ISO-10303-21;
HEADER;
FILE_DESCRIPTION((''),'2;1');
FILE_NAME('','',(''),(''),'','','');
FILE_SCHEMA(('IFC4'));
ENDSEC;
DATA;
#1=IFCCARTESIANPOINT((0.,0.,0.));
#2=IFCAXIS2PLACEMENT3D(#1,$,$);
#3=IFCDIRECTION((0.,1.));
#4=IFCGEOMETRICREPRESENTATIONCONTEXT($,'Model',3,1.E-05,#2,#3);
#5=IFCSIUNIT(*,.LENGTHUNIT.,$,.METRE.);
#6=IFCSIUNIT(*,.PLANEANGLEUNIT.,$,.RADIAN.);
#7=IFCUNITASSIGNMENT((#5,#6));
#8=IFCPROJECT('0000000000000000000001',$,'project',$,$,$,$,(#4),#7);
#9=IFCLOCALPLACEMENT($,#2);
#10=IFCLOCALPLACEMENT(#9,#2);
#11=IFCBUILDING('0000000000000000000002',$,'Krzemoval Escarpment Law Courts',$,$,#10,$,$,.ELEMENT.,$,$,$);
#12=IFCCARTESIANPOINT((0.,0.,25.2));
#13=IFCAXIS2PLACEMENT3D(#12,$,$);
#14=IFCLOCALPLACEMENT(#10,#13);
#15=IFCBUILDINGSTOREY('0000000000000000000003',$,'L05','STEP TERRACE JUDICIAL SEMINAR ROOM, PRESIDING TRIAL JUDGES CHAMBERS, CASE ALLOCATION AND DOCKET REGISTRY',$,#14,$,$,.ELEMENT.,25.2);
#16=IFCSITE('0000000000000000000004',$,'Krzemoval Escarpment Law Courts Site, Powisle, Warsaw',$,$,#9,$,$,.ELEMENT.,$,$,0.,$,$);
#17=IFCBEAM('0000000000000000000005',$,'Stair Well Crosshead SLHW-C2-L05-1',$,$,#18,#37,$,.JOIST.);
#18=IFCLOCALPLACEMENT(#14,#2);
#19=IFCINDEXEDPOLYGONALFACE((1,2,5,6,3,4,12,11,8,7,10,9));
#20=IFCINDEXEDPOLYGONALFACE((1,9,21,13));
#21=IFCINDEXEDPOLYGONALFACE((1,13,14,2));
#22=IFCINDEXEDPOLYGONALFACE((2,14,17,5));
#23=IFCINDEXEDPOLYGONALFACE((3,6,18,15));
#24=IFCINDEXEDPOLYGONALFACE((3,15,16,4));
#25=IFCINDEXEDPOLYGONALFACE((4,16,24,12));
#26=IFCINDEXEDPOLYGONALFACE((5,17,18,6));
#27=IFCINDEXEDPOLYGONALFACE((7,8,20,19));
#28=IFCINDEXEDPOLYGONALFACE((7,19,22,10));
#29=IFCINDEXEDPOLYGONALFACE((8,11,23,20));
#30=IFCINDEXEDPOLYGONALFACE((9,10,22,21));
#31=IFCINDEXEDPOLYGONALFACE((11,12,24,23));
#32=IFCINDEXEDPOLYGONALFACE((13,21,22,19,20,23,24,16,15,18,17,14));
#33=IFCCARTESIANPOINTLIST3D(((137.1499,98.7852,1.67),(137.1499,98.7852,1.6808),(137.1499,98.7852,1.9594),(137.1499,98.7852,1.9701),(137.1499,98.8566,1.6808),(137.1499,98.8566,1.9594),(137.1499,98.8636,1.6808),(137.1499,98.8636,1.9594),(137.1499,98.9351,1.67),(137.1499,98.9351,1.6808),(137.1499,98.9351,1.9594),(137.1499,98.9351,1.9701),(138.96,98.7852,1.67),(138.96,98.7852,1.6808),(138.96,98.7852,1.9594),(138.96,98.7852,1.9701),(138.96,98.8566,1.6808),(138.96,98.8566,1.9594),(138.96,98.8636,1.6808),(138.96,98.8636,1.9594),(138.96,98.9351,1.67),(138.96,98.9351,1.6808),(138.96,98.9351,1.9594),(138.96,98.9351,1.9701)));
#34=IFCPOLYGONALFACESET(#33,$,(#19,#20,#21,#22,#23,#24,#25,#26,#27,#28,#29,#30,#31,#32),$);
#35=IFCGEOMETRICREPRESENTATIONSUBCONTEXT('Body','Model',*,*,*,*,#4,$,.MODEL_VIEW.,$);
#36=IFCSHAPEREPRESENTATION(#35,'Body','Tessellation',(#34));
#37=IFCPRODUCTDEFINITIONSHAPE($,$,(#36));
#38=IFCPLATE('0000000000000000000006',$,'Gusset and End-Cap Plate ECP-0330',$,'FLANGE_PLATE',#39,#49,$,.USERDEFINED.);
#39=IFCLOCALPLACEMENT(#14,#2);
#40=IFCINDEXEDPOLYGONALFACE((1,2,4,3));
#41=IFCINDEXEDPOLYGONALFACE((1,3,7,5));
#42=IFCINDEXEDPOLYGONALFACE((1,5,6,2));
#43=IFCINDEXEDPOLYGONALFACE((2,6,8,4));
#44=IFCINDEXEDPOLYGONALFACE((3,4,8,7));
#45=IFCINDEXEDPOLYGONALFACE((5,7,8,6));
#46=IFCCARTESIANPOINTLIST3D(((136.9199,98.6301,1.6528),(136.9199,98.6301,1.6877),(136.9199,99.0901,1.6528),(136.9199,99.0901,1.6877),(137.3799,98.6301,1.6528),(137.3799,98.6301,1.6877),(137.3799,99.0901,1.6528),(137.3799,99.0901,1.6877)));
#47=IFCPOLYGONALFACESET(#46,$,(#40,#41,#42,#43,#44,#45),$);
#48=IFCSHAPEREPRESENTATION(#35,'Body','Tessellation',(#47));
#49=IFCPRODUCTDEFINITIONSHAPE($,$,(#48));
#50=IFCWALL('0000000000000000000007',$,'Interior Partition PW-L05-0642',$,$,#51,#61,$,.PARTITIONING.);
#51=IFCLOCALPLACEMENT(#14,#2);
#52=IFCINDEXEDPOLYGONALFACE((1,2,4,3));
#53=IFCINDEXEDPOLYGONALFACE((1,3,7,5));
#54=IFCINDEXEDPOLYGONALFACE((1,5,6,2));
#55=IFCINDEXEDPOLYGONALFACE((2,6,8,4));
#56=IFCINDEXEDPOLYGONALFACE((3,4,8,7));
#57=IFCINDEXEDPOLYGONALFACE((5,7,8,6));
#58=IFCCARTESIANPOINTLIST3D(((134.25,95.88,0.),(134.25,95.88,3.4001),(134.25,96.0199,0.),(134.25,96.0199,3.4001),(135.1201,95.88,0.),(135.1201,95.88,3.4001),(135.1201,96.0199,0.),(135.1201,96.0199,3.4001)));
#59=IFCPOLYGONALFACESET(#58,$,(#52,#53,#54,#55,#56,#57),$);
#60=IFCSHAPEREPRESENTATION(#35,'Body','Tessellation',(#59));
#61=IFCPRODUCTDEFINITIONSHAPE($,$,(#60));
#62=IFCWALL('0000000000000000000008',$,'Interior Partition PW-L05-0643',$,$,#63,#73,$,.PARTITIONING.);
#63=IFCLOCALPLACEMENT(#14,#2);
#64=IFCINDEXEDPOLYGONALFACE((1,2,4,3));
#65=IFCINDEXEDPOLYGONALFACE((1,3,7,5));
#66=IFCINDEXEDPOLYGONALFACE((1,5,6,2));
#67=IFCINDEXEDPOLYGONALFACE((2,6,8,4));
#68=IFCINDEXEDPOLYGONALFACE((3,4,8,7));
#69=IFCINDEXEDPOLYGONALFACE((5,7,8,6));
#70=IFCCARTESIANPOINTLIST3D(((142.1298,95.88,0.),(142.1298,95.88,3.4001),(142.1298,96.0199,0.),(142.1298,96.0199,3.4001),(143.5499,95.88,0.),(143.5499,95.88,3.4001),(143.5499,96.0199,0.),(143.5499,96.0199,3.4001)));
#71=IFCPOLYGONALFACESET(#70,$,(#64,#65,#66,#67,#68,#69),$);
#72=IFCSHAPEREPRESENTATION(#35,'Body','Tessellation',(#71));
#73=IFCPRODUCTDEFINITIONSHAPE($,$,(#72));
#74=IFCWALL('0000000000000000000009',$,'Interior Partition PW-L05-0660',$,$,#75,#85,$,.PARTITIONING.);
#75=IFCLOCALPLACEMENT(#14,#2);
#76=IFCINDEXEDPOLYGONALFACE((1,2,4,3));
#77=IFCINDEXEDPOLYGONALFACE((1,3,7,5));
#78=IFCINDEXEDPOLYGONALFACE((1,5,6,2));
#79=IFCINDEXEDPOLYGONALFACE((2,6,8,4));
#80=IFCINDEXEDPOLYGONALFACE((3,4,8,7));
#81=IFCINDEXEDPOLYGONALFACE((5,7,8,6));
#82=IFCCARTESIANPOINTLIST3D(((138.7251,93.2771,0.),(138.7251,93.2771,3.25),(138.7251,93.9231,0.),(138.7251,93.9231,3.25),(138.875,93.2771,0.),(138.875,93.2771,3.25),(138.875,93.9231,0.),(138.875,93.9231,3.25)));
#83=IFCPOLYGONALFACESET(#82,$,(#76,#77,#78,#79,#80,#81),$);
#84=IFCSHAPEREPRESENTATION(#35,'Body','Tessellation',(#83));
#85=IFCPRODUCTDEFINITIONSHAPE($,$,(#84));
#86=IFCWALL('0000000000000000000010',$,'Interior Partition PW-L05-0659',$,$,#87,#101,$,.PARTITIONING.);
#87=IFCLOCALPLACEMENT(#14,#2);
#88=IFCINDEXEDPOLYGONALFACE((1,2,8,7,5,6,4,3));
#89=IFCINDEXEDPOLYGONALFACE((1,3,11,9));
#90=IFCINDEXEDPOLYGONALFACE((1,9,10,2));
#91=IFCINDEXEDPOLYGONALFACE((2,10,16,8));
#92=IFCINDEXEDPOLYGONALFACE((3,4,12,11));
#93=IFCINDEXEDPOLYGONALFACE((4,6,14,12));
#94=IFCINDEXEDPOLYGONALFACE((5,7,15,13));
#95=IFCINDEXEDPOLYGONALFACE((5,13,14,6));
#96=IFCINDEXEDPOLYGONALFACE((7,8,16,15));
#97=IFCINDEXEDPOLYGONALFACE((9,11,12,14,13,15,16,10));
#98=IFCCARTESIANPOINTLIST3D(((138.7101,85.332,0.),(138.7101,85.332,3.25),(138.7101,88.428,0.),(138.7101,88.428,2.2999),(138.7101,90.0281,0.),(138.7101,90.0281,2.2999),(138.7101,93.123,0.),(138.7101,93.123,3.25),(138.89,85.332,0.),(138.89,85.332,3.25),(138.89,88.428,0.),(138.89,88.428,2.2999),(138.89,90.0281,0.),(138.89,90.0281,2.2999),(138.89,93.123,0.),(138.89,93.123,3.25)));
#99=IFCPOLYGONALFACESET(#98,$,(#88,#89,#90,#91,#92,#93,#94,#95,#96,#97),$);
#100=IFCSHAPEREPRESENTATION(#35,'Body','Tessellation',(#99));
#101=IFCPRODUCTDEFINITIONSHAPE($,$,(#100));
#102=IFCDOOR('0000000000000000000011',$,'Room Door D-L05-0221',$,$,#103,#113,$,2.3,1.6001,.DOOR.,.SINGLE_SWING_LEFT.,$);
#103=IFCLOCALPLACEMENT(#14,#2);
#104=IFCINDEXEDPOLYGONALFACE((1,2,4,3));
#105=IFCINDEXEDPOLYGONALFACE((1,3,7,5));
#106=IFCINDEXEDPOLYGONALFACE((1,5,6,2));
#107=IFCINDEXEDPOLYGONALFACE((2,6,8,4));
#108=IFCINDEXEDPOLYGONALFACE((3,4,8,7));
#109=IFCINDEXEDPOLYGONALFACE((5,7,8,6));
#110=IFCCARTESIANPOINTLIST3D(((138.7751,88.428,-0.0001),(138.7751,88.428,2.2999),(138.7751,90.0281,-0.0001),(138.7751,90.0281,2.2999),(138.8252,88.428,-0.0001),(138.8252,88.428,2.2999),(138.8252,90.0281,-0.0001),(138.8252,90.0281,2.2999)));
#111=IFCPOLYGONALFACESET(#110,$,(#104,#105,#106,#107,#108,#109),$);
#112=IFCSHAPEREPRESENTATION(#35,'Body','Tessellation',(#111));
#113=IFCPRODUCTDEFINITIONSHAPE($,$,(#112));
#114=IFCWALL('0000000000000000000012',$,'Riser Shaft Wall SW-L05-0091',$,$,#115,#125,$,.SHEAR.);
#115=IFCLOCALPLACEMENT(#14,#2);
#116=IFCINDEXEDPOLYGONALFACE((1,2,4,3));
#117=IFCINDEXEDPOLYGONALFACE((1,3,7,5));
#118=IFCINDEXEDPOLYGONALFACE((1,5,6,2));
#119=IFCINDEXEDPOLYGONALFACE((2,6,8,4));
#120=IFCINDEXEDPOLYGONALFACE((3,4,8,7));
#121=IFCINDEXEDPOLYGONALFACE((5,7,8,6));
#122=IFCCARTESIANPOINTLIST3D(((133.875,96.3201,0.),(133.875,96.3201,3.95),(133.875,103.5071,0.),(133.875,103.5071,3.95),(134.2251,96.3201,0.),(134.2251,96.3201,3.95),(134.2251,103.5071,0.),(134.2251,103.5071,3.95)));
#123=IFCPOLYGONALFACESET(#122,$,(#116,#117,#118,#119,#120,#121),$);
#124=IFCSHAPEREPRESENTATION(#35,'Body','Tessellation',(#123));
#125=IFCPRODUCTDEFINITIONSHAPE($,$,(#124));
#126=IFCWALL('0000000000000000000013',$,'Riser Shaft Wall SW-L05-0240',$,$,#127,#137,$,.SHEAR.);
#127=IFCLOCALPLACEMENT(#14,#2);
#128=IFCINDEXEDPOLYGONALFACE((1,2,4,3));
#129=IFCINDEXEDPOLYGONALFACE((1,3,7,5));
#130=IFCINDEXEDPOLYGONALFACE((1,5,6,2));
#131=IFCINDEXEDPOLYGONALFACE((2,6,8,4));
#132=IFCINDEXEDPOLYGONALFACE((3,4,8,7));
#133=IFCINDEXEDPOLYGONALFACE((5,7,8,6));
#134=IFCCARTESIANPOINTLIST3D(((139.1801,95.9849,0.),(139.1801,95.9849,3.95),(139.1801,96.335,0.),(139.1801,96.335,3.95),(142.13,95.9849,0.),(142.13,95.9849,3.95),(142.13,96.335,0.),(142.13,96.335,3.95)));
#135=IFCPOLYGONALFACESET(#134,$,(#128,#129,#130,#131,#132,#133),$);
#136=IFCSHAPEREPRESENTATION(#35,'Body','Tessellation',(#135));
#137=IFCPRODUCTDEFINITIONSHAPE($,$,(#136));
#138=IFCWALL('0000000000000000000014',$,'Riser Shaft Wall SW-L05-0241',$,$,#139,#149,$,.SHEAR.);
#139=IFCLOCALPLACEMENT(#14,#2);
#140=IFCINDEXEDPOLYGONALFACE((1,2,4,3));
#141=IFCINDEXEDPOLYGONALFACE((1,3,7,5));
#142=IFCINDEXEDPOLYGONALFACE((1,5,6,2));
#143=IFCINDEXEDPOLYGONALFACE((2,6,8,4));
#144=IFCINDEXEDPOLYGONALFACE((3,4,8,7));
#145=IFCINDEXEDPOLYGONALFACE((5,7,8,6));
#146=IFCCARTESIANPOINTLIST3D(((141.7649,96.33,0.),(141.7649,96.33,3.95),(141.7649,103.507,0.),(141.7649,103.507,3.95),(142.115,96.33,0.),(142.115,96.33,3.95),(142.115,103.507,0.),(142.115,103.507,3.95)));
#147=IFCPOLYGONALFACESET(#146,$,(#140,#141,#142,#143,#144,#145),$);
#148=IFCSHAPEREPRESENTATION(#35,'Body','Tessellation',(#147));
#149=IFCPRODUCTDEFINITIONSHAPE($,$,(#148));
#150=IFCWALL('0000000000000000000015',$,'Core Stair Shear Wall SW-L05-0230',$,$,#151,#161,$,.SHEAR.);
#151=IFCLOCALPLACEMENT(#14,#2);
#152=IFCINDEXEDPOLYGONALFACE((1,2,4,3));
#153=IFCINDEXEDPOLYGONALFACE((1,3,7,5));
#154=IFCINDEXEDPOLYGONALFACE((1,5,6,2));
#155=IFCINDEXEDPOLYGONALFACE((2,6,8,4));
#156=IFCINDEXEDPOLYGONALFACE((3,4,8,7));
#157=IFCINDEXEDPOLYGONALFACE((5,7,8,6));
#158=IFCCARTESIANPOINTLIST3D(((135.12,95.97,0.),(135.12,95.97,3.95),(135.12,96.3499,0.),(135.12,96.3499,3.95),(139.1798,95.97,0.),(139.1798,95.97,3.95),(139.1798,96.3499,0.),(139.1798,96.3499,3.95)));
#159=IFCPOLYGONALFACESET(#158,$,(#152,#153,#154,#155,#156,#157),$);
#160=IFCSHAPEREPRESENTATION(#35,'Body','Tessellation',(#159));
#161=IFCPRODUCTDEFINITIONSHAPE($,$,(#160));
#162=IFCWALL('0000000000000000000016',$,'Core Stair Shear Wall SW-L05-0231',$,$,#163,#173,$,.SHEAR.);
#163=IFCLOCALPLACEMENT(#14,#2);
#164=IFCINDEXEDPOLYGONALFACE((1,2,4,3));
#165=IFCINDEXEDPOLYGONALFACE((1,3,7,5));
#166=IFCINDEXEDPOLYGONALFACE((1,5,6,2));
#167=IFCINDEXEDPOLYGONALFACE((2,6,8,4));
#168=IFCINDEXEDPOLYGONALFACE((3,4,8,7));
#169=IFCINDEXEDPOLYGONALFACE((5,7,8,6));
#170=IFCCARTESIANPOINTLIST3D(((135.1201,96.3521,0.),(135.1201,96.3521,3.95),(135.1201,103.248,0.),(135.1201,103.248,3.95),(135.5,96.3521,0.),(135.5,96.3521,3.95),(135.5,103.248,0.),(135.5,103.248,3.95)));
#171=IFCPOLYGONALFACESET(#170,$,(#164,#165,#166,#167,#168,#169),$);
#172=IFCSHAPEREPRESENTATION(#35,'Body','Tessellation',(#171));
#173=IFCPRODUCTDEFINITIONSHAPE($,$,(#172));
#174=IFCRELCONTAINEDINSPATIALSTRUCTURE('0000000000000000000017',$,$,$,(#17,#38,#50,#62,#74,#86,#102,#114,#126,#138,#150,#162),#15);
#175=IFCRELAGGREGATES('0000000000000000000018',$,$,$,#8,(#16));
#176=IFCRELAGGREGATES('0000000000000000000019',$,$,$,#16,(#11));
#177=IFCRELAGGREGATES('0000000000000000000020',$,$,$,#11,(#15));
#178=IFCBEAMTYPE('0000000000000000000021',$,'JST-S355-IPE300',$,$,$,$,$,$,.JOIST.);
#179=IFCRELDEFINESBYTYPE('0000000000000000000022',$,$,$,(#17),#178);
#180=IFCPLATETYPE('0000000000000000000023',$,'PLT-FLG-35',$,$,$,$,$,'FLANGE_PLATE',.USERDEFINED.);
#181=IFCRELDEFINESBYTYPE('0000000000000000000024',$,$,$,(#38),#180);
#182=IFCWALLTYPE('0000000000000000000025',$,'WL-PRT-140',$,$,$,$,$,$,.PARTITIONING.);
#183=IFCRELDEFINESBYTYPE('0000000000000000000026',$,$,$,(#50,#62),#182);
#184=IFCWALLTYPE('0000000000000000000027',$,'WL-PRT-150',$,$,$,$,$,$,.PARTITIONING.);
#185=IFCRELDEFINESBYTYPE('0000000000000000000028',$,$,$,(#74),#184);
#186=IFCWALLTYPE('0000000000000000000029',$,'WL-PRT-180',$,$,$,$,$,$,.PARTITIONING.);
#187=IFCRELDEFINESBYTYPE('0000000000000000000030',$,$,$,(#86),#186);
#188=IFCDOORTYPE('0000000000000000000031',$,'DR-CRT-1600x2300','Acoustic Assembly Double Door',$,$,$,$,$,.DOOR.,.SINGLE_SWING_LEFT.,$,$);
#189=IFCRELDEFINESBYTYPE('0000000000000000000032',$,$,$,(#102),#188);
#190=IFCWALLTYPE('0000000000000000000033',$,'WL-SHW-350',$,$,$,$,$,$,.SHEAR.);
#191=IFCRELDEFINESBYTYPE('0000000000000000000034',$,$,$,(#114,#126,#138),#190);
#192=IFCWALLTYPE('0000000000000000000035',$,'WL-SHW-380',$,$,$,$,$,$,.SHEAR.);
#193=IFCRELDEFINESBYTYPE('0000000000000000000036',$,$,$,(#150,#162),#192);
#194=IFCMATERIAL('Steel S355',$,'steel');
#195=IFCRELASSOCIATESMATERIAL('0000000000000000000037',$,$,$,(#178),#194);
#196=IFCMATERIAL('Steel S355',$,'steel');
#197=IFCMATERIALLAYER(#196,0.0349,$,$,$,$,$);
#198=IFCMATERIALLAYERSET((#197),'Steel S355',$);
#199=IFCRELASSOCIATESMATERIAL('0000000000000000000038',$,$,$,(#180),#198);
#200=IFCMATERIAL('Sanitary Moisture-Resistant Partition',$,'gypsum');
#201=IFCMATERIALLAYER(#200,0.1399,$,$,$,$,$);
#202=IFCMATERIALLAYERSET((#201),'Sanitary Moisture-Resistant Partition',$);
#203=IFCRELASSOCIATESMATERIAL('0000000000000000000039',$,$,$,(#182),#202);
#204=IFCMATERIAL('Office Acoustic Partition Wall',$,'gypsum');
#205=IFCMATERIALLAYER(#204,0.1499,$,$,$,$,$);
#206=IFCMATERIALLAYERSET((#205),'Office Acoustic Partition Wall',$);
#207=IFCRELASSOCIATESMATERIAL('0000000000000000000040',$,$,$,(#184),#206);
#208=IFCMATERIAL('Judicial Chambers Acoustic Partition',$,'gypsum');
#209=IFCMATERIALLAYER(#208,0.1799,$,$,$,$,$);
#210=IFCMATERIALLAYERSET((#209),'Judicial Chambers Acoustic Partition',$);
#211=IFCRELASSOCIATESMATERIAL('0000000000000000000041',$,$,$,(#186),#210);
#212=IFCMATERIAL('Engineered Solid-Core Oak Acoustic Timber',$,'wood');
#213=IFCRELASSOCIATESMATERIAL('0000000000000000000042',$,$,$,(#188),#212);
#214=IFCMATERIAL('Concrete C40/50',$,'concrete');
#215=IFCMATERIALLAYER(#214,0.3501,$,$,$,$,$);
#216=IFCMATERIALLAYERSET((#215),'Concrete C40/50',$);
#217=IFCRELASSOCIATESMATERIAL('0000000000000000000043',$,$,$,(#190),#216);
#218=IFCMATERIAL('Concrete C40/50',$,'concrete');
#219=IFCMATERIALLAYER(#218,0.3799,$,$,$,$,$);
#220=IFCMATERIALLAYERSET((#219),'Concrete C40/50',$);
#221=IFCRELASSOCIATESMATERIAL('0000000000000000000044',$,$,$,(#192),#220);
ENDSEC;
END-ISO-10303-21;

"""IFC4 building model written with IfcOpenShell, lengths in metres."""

from ifc_helpers import new_model, si_unit, direction, frame, frame_2d, origin, origin_2d, place, context, subcontext, project, spatial, rectangle, i_section, extrude, material, layer, layer_set, material_profile, profile_set, type_object, element, fill, save


model = new_model("IFC4")

# Units and contexts
model_context = context("Model", 3, precision=1e-05, world=origin(), true_north=direction((0.0, 1.0)))
body_context = subcontext(model_context, "Body", "Model", "MODEL_VIEW")
ifc_project = project(units=[si_unit("LENGTHUNIT", "METRE"), si_unit("PLANEANGLEUNIT", "RADIAN")], contexts=[model_context])

# Site, building, storey
site_placement = place(None, origin())
site = spatial("IfcSite", under=ifc_project, at=site_placement, Name="Krzemoval Escarpment Law Courts Site, Powisle, Warsaw", CompositionType="ELEMENT", RefElevation=0.0)
building_placement = place(site_placement, origin())
building = spatial("IfcBuilding", under=site, at=building_placement, Name="Krzemoval Escarpment Law Courts", CompositionType="ELEMENT")
storey_placement = place(building_placement, frame((0.0, 0.0, 25.2)))
storey = spatial("IfcBuildingStorey", under=building, at=storey_placement, Name="L05", Description="STEP TERRACE JUDICIAL SEMINAR ROOM, PRESIDING TRIAL JUDGES CHAMBERS, CASE ALLOCATION AND DOCKET REGISTRY", CompositionType="ELEMENT", Elevation=25.2)

# Beam
ifc_material_1 = material(Name="Steel S355", Category="steel")
ifc_material_profile_1 = material_profile(ifc_material_1, i_section(OverallWidth=0.1499, OverallDepth=0.3, WebThickness=0.0071, FlangeThickness=0.0107, at=origin_2d()), Name="IPE 300")
ifc_profile_set_1 = profile_set([ifc_material_profile_1], Name="Steel S355")
beam_type_1 = type_object("IfcBeamType", Name="JST-S355-IPE300", PredefinedType="JOIST", material=ifc_profile_set_1)
beam_1_placement = place(storey_placement, frame((137.1499, 98.8601, 1.8201), z_axis=(1.0, 0.0, 0.0), x_axis=(0.0, 1.0, 0.0)))
element("IfcBeam", 1, at=beam_1_placement, inside=storey, type_object=beam_type_1, Name="Stair Well Crosshead SLHW-C2-L05-1", PredefinedType="JOIST", context=body_context, shape_type="SweptSolid", body=[
    extrude(i_section(OverallWidth=0.1499, OverallDepth=0.3, WebThickness=0.0071, FlangeThickness=0.0107, at=origin_2d()), origin(), (0.0, 0.0, 1.0), 1.8101),
])

# Plate
ifc_material_2 = material(Name="Steel S355", Category="steel")
ifc_layer_1 = layer(ifc_material_2, 0.0349)
ifc_layer_set_1 = layer_set([ifc_layer_1], Name="Steel S355")
plate_type = type_object("IfcPlateType", Name="PLT-FLG-35", ElementType="FLANGE_PLATE", PredefinedType="USERDEFINED", material=ifc_layer_set_1)
plate_placement = place(storey_placement, frame((137.1499, 98.8601, 1.6528), z_axis=(0.0, 0.0, 1.0), x_axis=(1.0, 0.0, 0.0)))
element("IfcPlate", 2, at=plate_placement, inside=storey, type_object=plate_type, Name="Gusset and End-Cap Plate ECP-0330", ObjectType="FLANGE_PLATE", PredefinedType="USERDEFINED", context=body_context, shape_type="SweptSolid", body=[
    extrude(rectangle(XDim=0.46, YDim=0.46, at=origin_2d()), origin(), (0.0, 0.0, 1.0), 0.0349),
])

# Walls
ifc_material_3 = material(Name="Sanitary Moisture-Resistant Partition", Category="gypsum")
ifc_layer_2 = layer(ifc_material_3, 0.1399)
ifc_layer_set_2 = layer_set([ifc_layer_2], Name="Sanitary Moisture-Resistant Partition")
wall_type_1 = type_object("IfcWallType", Name="WL-PRT-140", PredefinedType="PARTITIONING", material=ifc_layer_set_2)
wall_1_placement = place(storey_placement, frame((134.25, 95.95, 0.0), z_axis=(0.0, 0.0, 1.0), x_axis=(1.0, 0.0, 0.0)))
element("IfcWall", 3, at=wall_1_placement, inside=storey, type_object=wall_type_1, Name="Interior Partition PW-L05-0642", PredefinedType="PARTITIONING", context=body_context, shape_type="SweptSolid", body=[
    extrude(rectangle(XDim=0.8701, YDim=0.1399, at=frame_2d((0.4351, 0.0))), origin(), (0.0, 0.0, 1.0), 3.4001),
])
wall_2_placement = place(storey_placement, frame((142.1299, 95.95, 0.0), z_axis=(0.0, 0.0, 1.0), x_axis=(1.0, 0.0, 0.0)))
element("IfcWall", 4, at=wall_2_placement, inside=storey, type_object=wall_type_1, Name="Interior Partition PW-L05-0643", PredefinedType="PARTITIONING", context=body_context, shape_type="SweptSolid", body=[
    extrude(rectangle(XDim=1.4202, YDim=0.1399, at=frame_2d((0.71, 0.0))), origin(), (0.0, 0.0, 1.0), 3.4001),
])
ifc_material_4 = material(Name="Office Acoustic Partition Wall", Category="gypsum")
ifc_layer_3 = layer(ifc_material_4, 0.1499)
ifc_layer_set_3 = layer_set([ifc_layer_3], Name="Office Acoustic Partition Wall")
wall_type_2 = type_object("IfcWallType", Name="WL-PRT-150", PredefinedType="PARTITIONING", material=ifc_layer_set_3)
wall_3_placement = place(storey_placement, frame((138.8, 93.2771, 0.0), z_axis=(0.0, 0.0, 1.0), x_axis=(0.0, 1.0, 0.0)))
element("IfcWall", 5, at=wall_3_placement, inside=storey, type_object=wall_type_2, Name="Interior Partition PW-L05-0660", PredefinedType="PARTITIONING", context=body_context, shape_type="SweptSolid", body=[
    extrude(rectangle(XDim=0.646, YDim=0.1499, at=frame_2d((0.323, 0.0))), origin(), (0.0, 0.0, 1.0), 3.25),
])

# Wall, opening, door
ifc_material_5 = material(Name="Judicial Chambers Acoustic Partition", Category="gypsum")
ifc_layer_4 = layer(ifc_material_5, 0.1799)
ifc_layer_set_4 = layer_set([ifc_layer_4], Name="Judicial Chambers Acoustic Partition")
wall_type_3 = type_object("IfcWallType", Name="WL-PRT-180", PredefinedType="PARTITIONING", material=ifc_layer_set_4)
wall_4_placement = place(storey_placement, frame((138.8, 85.332, 0.0), z_axis=(0.0, 0.0, 1.0), x_axis=(0.0, 1.0, 0.0)))
wall_4 = element("IfcWall", 6, at=wall_4_placement, inside=storey, type_object=wall_type_3, Name="Interior Partition PW-L05-0659", PredefinedType="PARTITIONING", context=body_context, shape_type="SweptSolid", body=[
    extrude(rectangle(XDim=7.791, YDim=0.1799, at=frame_2d((3.8955, 0.0))), origin(), (0.0, 0.0, 1.0), 3.25),
])
opening_placement = place(wall_4_placement, frame((3.0959, 0.0, 0.0)))
opening = element("IfcOpeningElement", 7, at=opening_placement, cuts=wall_4, PredefinedType="OPENING", context=body_context, shape_type="SweptSolid", body=[
    extrude(rectangle(XDim=1.6001, YDim=2.3, at=frame_2d((0.8, 1.1499))), frame((0.0, 0.105, 0.0), z_axis=(0.0, -1.0, 0.0), x_axis=(1.0, 0.0, 0.0)), (0.0, 0.0, 1.0), 0.2099),
])
ifc_material_6 = material(Name="Engineered Solid-Core Oak Acoustic Timber", Category="wood")
door_type = type_object("IfcDoorType", Name="DR-CRT-1600x2300", Description="Acoustic Assembly Double Door", OperationType="SINGLE_SWING_LEFT", PredefinedType="DOOR", material=ifc_material_6)
door_placement = place(opening_placement, origin())
door = element("IfcDoor", 8, at=door_placement, inside=storey, type_object=door_type, Name="Room Door D-L05-0221", OperationType="SINGLE_SWING_LEFT", OverallHeight=2.3, OverallWidth=1.6001, PredefinedType="DOOR", context=body_context, shape_type="SweptSolid", body=[
    extrude(rectangle(XDim=1.6001, YDim=2.3, at=frame_2d((0.8, 1.1499))), frame((0.0, 0.0249, 0.0), z_axis=(0.0, -1.0, 0.0), x_axis=(1.0, 0.0, 0.0)), (0.0, 0.0, 1.0), 0.05),
])
fill(opening, door)

# Walls
ifc_material_7 = material(Name="Concrete C40/50", Category="concrete")
ifc_layer_5 = layer(ifc_material_7, 0.3501)
ifc_layer_set_5 = layer_set([ifc_layer_5], Name="Concrete C40/50")
wall_type_4 = type_object("IfcWallType", Name="WL-SHW-350", PredefinedType="SHEAR", material=ifc_layer_set_5)
wall_5_placement = place(storey_placement, frame((134.05, 96.3201, 0.0), z_axis=(0.0, 0.0, 1.0), x_axis=(0.0, 1.0, 0.0)))
element("IfcWall", 9, at=wall_5_placement, inside=storey, type_object=wall_type_4, Name="Riser Shaft Wall SW-L05-0091", PredefinedType="SHEAR", context=body_context, shape_type="SweptSolid", body=[
    extrude(rectangle(XDim=7.187, YDim=0.3501, at=frame_2d((3.5935, 0.0))), origin(), (0.0, 0.0, 1.0), 3.95),
])
wall_6_placement = place(storey_placement, frame((139.1799, 96.1599, 0.0), z_axis=(0.0, 0.0, 1.0), x_axis=(1.0, 0.0, 0.0)))
element("IfcWall", 10, at=wall_6_placement, inside=storey, type_object=wall_type_4, Name="Riser Shaft Wall SW-L05-0240", PredefinedType="SHEAR", context=body_context, shape_type="SweptSolid", body=[
    extrude(rectangle(XDim=2.95, YDim=0.3501, at=frame_2d((1.4751, 0.0))), origin(), (0.0, 0.0, 1.0), 3.95),
])
wall_7_placement = place(storey_placement, frame((141.9399, 96.3301, 0.0), z_axis=(0.0, 0.0, 1.0), x_axis=(0.0, 1.0, 0.0)))
element("IfcWall", 11, at=wall_7_placement, inside=storey, type_object=wall_type_4, Name="Riser Shaft Wall SW-L05-0241", PredefinedType="SHEAR", context=body_context, shape_type="SweptSolid", body=[
    extrude(rectangle(XDim=7.177, YDim=0.3501, at=frame_2d((3.5884, 0.0))), origin(), (0.0, 0.0, 1.0), 3.95),
])
ifc_material_8 = material(Name="Concrete C40/50", Category="concrete")
ifc_layer_6 = layer(ifc_material_8, 0.3799)
ifc_layer_set_6 = layer_set([ifc_layer_6], Name="Concrete C40/50")
wall_type_5 = type_object("IfcWallType", Name="WL-SHW-380", PredefinedType="SHEAR", material=ifc_layer_set_6)
wall_8_placement = place(storey_placement, frame((135.1201, 96.1599, 0.0), z_axis=(0.0, 0.0, 1.0), x_axis=(1.0, 0.0, 0.0)))
element("IfcWall", 12, at=wall_8_placement, inside=storey, type_object=wall_type_5, Name="Core Stair Shear Wall SW-L05-0230", PredefinedType="SHEAR", context=body_context, shape_type="SweptSolid", body=[
    extrude(rectangle(XDim=4.0598, YDim=0.3799, at=frame_2d((2.0298, 0.0))), origin(), (0.0, 0.0, 1.0), 3.95),
])
for number, where, z_axis, x_axis, name in (
    (13, (135.3101, 96.3521, 0.0), (0.0, 0.0, 1.0), (0.0, 1.0, 0.0), "Core Stair Shear Wall SW-L05-0231"),
):
    element("IfcWall", number, at=place(storey_placement, frame(where, z_axis=z_axis, x_axis=x_axis)), inside=storey, type_object=wall_type_5, Name=name, PredefinedType="SHEAR", context=body_context, shape_type="SweptSolid", body=[
        extrude(rectangle(XDim=6.896, YDim=0.3799, at=frame_2d((3.448, 0.0))), origin(), (0.0, 0.0, 1.0), 3.95),
    ])

save(model, "model.ifc")
